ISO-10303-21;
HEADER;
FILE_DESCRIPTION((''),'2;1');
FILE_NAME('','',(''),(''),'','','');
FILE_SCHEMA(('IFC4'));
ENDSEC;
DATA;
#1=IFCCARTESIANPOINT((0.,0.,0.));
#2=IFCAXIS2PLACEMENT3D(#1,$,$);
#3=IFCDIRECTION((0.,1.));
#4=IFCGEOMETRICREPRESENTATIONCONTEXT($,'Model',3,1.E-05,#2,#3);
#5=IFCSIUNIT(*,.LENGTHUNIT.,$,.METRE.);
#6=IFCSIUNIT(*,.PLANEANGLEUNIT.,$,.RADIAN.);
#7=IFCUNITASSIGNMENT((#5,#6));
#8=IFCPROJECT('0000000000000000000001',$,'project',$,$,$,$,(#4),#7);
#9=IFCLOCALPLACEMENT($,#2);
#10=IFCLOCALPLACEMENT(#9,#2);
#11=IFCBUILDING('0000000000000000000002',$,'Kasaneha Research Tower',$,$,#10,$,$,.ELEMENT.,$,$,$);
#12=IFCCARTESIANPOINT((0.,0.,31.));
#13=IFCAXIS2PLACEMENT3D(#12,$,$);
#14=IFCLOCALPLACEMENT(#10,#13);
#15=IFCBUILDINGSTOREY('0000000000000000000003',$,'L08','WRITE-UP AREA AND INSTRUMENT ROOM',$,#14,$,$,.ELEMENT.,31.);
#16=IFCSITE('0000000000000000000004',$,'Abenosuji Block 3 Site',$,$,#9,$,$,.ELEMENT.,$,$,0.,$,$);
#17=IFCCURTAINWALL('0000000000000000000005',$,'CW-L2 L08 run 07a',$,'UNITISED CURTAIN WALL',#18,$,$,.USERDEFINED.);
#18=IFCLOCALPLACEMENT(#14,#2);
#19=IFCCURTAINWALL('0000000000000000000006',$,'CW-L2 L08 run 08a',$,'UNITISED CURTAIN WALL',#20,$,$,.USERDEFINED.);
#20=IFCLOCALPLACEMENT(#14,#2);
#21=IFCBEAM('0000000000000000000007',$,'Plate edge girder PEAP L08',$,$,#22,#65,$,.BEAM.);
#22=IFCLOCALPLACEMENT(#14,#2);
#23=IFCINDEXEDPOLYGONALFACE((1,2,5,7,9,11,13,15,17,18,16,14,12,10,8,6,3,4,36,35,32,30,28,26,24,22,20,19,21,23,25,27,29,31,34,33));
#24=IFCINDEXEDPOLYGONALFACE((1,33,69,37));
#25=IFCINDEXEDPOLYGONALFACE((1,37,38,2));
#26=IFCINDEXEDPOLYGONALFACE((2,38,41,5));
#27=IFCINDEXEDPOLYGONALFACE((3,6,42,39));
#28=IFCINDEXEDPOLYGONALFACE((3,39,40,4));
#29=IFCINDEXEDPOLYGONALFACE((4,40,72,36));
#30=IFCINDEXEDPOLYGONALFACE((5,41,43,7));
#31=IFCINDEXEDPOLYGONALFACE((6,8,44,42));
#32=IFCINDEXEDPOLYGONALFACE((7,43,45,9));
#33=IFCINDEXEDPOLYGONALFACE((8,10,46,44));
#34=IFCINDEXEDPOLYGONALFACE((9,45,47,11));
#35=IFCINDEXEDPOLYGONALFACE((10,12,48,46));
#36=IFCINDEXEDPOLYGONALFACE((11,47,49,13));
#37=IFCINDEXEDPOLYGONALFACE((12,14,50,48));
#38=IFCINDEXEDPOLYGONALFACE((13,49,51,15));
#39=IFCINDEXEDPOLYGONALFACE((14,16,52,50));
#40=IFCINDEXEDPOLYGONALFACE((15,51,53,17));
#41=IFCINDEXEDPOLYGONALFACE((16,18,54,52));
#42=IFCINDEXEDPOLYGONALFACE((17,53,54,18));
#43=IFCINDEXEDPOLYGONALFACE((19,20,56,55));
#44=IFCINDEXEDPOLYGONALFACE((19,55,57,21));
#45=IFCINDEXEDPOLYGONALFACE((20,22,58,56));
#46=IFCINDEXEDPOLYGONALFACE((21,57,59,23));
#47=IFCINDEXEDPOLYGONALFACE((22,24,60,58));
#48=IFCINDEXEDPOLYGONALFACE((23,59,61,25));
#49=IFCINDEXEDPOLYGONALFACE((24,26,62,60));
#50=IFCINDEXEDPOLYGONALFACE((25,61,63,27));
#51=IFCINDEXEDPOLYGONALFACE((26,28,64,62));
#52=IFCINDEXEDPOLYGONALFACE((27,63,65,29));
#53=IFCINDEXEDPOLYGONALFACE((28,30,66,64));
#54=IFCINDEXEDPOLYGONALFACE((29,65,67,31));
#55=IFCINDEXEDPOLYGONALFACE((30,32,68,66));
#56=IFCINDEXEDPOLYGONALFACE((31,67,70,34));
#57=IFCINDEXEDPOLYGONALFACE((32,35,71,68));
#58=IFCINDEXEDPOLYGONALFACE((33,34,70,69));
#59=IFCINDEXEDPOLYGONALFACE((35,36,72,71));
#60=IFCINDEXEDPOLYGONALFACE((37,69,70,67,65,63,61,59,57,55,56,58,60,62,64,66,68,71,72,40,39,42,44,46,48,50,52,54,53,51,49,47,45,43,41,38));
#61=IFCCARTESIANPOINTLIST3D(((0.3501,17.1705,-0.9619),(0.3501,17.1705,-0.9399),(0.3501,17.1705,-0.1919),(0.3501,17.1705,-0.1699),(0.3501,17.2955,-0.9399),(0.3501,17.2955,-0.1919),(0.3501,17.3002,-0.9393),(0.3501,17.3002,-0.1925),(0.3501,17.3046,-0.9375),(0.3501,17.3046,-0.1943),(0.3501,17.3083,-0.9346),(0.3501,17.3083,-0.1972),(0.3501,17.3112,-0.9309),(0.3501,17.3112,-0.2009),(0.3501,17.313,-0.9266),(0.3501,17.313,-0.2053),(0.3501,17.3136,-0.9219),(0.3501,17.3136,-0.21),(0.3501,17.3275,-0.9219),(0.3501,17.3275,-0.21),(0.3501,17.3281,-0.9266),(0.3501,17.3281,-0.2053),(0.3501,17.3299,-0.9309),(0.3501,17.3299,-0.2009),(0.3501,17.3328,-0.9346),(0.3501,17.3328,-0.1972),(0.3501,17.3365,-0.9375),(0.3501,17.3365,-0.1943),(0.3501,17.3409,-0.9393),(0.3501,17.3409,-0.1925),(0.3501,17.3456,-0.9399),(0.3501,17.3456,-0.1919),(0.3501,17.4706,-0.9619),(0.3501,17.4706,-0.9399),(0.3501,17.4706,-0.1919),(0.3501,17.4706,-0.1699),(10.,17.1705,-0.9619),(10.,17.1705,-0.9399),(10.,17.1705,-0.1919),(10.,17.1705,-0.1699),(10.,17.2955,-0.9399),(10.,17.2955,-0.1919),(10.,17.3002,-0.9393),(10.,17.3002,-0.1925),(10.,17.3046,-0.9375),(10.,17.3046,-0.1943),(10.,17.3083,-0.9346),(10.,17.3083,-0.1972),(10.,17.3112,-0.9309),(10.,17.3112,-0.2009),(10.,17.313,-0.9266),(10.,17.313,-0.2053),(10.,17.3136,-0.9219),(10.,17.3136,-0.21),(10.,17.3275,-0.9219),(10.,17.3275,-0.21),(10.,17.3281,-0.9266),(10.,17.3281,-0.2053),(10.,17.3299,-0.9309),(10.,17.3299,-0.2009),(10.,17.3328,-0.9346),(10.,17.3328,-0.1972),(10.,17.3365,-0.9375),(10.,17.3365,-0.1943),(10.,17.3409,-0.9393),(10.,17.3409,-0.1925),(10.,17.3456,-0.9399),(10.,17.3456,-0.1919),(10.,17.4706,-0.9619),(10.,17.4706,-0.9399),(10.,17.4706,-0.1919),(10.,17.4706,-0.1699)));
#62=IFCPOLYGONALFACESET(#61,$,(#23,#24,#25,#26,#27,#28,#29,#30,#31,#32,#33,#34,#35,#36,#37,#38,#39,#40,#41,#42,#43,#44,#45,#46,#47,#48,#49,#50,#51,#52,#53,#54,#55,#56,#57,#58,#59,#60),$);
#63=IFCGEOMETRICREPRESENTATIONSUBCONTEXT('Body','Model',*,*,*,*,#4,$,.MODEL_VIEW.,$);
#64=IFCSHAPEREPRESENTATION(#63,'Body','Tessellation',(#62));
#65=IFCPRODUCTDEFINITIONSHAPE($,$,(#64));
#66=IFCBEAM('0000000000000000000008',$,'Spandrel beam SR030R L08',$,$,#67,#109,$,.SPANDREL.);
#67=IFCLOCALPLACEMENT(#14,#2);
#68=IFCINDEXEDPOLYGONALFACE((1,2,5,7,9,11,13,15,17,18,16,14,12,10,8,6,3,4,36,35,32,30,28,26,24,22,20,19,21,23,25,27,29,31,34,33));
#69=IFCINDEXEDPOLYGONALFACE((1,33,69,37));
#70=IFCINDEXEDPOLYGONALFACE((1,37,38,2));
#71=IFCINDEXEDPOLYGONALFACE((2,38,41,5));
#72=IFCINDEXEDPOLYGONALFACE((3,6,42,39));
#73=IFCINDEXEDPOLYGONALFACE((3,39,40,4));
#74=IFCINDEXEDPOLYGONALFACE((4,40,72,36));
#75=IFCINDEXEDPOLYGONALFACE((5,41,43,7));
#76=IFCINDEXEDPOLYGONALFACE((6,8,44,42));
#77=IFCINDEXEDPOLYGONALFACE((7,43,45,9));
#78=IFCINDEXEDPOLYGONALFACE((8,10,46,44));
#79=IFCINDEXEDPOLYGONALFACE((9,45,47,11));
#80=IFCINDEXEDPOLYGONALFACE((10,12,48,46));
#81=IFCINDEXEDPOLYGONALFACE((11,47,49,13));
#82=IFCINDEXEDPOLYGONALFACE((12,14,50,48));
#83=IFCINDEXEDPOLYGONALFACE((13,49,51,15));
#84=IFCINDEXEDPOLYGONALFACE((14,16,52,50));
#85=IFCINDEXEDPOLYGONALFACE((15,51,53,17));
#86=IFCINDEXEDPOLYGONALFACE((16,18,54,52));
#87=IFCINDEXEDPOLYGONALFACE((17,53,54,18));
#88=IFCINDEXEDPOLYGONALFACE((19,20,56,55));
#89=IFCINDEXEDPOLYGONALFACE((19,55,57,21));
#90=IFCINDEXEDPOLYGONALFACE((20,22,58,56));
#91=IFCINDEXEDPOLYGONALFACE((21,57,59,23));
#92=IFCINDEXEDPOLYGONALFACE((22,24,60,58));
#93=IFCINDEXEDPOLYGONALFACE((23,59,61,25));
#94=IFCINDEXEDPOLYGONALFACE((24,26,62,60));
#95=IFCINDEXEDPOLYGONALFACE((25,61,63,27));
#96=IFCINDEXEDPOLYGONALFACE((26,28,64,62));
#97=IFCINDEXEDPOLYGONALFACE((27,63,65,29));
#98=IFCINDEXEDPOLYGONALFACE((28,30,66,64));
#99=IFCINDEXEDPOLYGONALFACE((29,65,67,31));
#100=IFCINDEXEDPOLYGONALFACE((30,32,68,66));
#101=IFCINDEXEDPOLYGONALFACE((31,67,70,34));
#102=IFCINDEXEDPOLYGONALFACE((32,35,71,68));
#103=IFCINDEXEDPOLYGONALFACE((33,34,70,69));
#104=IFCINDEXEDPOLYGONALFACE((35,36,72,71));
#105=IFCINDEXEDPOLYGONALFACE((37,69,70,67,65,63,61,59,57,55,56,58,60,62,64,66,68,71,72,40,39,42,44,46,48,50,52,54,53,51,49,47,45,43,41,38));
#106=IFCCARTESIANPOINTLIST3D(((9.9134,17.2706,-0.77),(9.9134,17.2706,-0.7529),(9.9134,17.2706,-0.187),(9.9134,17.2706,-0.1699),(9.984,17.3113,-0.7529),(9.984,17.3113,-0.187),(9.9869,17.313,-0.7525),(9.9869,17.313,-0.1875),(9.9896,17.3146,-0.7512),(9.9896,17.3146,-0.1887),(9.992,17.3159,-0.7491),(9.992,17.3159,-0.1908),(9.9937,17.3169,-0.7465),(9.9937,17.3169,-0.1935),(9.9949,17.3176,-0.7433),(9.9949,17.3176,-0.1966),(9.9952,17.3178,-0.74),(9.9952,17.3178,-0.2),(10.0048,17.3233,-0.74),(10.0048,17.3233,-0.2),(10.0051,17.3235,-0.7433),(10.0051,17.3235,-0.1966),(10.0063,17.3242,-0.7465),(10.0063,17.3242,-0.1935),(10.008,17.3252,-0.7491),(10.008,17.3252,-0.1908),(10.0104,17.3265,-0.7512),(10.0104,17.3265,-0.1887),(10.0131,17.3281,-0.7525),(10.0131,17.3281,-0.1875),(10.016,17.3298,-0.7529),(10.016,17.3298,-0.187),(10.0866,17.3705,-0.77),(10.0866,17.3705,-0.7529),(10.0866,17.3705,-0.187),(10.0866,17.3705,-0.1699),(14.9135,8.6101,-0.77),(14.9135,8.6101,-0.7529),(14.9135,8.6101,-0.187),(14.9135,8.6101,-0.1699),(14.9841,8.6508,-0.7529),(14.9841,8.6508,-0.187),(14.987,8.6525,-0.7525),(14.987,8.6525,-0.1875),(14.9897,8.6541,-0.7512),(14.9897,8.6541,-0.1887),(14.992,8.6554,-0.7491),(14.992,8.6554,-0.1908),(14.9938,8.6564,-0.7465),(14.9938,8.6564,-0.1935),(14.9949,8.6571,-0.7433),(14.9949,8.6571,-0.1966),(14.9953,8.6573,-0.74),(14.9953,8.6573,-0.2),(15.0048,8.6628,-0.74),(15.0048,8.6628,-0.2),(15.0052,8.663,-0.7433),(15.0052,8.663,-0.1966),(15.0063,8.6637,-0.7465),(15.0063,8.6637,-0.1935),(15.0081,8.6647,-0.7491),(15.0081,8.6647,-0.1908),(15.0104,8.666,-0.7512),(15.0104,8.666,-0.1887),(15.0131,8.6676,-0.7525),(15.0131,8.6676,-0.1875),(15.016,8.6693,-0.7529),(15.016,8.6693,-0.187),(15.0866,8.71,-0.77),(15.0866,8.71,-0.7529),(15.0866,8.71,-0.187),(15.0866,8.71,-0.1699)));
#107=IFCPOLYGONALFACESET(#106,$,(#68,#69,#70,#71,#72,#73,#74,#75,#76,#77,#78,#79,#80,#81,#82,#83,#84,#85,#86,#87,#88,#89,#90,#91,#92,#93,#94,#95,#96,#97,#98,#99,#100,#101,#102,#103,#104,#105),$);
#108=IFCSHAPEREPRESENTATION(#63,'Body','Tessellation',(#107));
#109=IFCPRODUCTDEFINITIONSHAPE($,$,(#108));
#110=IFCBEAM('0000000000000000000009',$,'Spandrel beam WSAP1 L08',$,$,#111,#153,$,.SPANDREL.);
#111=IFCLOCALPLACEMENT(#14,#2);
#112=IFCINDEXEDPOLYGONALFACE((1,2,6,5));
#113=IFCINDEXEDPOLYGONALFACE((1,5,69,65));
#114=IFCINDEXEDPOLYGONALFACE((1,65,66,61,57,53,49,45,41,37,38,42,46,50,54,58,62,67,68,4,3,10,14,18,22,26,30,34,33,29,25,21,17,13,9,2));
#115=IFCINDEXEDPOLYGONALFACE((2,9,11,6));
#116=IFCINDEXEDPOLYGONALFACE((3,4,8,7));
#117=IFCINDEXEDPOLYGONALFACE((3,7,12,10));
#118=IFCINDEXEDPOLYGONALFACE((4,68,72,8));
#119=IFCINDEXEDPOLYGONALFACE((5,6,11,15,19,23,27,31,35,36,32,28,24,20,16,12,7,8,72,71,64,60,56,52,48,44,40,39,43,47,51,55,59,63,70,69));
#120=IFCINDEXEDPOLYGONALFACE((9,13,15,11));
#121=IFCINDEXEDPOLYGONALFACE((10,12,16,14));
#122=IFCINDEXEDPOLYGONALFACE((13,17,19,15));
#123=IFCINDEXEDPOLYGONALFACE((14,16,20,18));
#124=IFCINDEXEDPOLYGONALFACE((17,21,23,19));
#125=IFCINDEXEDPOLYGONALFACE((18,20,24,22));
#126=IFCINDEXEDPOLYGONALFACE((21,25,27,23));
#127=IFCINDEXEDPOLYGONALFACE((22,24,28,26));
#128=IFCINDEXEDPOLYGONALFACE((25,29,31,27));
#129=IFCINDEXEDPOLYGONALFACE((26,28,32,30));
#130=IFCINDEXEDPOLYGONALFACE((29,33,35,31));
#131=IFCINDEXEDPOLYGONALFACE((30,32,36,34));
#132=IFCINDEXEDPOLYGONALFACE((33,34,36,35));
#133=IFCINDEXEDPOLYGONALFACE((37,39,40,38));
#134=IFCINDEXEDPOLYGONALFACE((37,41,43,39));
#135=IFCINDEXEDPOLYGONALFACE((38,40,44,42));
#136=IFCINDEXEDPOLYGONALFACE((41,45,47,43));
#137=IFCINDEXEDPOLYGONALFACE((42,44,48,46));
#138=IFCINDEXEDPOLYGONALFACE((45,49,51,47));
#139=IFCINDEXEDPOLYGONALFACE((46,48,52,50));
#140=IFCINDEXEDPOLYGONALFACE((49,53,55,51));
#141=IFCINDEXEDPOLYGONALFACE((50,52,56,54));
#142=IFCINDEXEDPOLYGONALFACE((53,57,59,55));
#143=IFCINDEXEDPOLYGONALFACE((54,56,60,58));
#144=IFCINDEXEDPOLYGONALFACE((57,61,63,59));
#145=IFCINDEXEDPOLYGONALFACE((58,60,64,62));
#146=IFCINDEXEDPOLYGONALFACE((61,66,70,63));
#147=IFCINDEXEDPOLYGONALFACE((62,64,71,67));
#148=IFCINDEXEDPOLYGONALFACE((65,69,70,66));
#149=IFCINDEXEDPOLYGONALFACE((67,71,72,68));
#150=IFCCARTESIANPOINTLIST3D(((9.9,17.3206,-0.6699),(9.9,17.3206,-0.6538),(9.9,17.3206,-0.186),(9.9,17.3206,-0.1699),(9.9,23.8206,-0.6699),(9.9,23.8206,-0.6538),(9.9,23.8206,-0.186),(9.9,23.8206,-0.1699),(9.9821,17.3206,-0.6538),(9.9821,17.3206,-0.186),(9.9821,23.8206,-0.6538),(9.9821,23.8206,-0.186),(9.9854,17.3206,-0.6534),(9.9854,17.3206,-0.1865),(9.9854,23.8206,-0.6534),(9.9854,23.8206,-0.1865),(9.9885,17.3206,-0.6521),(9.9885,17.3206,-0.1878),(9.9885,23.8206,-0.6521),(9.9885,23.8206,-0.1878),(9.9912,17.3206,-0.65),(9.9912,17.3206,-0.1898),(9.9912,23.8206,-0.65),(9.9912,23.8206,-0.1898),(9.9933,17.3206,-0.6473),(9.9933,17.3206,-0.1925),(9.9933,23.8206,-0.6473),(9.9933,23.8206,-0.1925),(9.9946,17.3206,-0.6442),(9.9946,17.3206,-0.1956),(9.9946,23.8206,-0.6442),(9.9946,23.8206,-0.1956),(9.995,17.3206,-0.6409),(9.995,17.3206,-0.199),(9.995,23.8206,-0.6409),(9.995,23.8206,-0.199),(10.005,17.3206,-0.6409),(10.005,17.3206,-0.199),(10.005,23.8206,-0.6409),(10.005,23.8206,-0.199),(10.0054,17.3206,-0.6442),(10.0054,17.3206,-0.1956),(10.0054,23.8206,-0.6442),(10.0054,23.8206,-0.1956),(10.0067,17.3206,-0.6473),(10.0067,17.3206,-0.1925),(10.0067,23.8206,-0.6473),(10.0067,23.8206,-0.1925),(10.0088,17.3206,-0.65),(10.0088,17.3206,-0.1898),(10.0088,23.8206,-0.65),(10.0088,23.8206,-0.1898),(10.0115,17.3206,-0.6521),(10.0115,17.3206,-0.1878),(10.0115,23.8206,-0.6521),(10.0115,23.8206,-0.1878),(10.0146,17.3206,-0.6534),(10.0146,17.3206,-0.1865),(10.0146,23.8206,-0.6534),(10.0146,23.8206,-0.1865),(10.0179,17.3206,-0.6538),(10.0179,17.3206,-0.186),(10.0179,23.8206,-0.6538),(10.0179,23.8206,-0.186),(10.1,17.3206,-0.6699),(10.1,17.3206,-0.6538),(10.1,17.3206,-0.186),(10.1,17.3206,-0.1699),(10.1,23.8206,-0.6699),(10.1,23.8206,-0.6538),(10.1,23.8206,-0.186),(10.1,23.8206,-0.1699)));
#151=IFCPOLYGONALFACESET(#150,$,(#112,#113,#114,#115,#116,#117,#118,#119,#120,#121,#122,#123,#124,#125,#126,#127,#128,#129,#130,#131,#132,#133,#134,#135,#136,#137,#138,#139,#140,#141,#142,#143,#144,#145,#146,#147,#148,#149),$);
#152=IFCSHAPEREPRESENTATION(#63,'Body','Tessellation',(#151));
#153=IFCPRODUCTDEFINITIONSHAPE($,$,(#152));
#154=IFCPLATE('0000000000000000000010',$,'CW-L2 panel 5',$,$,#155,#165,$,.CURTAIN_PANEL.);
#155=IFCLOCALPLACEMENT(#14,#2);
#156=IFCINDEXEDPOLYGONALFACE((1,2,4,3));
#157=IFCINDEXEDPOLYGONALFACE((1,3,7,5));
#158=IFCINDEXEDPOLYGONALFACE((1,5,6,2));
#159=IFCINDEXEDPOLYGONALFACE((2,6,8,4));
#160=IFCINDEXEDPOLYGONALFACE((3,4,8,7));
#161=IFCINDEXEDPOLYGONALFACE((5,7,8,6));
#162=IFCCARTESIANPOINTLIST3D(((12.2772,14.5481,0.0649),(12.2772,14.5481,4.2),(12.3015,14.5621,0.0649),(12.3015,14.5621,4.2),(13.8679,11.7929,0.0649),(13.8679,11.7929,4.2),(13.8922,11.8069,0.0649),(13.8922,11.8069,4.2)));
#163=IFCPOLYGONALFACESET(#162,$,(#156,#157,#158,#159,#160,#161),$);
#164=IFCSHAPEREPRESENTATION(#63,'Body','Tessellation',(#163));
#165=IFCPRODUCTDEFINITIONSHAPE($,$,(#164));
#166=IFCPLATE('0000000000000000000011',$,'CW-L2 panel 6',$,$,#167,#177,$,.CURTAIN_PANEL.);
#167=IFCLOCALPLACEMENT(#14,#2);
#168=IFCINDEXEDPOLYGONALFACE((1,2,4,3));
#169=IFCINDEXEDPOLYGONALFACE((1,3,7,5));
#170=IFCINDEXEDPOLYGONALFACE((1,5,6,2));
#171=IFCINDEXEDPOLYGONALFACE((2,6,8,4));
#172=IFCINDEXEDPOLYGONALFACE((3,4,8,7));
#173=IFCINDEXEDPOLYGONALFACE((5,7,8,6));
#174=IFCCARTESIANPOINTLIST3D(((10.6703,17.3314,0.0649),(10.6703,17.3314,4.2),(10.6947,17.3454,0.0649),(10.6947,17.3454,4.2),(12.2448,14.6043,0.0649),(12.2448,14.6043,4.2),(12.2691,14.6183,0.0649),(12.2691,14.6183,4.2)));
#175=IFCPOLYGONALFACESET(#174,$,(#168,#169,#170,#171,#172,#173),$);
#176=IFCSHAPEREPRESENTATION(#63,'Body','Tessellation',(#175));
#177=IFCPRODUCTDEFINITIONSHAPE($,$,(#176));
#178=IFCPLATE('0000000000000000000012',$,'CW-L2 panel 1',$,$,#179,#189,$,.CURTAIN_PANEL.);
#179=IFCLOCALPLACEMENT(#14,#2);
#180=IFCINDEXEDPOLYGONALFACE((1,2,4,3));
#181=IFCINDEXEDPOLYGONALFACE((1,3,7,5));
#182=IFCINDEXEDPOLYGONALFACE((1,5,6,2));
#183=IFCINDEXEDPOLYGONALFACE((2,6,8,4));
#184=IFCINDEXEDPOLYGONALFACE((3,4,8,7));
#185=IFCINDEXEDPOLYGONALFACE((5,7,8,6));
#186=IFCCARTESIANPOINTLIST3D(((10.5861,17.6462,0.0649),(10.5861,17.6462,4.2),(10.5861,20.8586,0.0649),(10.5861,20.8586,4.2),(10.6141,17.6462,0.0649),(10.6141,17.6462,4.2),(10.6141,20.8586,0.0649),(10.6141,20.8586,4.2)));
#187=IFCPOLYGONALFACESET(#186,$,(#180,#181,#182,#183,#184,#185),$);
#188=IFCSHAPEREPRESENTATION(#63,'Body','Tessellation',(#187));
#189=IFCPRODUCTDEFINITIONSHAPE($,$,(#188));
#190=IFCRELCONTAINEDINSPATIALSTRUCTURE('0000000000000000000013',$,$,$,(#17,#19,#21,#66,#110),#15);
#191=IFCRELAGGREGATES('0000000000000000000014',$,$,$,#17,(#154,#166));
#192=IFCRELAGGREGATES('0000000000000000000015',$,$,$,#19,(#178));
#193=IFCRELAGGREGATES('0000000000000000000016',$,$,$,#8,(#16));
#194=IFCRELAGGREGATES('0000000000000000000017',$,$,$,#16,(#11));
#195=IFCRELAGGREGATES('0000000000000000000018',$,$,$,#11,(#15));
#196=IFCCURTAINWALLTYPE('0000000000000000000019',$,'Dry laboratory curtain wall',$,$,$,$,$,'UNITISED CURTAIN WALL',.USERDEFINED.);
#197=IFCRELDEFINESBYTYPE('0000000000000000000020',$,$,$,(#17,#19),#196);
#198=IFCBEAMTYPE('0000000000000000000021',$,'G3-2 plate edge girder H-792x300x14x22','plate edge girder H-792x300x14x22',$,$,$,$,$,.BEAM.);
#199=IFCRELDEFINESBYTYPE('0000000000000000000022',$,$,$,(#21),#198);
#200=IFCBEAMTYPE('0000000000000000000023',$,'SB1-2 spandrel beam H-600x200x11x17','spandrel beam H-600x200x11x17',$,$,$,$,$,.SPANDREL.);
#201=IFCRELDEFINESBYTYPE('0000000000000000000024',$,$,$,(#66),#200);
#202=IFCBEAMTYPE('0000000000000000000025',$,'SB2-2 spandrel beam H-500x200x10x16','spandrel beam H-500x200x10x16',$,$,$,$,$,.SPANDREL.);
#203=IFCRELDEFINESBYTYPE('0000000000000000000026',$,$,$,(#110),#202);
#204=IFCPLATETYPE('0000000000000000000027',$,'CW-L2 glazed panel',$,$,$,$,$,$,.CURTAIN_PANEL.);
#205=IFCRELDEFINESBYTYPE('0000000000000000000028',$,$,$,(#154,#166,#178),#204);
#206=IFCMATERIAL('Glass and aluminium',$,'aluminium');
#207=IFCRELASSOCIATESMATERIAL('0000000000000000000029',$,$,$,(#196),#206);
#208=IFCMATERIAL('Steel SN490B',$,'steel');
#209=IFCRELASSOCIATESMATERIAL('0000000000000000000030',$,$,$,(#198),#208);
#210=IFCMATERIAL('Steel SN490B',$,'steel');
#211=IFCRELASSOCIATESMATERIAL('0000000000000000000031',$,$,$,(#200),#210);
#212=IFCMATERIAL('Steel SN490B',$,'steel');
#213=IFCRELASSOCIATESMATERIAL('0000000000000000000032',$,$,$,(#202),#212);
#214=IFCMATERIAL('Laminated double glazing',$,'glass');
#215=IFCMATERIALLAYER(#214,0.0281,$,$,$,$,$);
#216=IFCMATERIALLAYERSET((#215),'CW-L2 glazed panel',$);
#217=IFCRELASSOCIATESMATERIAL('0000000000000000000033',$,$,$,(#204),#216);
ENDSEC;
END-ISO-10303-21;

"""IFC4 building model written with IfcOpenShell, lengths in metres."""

from ifc_helpers import new_model, si_unit, direction, frame, origin, origin_2d, place, context, subcontext, project, spatial, rectangle, i_section, extrude, material, layer, layer_set, material_profile, profile_set, type_object, element, aggregate, save


model = new_model("IFC4")

# Units and contexts
model_context = context("Model", 3, precision=1e-05, world=origin(), true_north=direction((0.0, 1.0)))
body_context = subcontext(model_context, "Body", "Model", "MODEL_VIEW")
ifc_project = project(units=[si_unit("LENGTHUNIT", "METRE"), si_unit("PLANEANGLEUNIT", "RADIAN")], contexts=[model_context])

# Site, building, storey
site_placement = place(None, origin())
site = spatial("IfcSite", under=ifc_project, at=site_placement, Name="Abenosuji Block 3 Site", CompositionType="ELEMENT", RefElevation=0.0)
building_placement = place(site_placement, origin())
building = spatial("IfcBuilding", under=site, at=building_placement, Name="Kasaneha Research Tower", CompositionType="ELEMENT")
storey_placement = place(building_placement, frame((0.0, 0.0, 31.0)))
storey = spatial("IfcBuildingStorey", under=building, at=storey_placement, Name="L08", Description="WRITE-UP AREA AND INSTRUMENT ROOM", CompositionType="ELEMENT", Elevation=31.0)

# Curtain walls
ifc_material_1 = material(Name="Glass and aluminium", Category="aluminium")
curtain_wall_type = type_object("IfcCurtainWallType", Name="Dry laboratory curtain wall", ElementType="UNITISED CURTAIN WALL", PredefinedType="USERDEFINED", material=ifc_material_1)
curtain_wall_1_placement = place(storey_placement, origin())
curtain_wall_1 = element("IfcCurtainWall", 1, at=curtain_wall_1_placement, inside=storey, type_object=curtain_wall_type, Name="CW-L2 L08 run 07a", ObjectType="UNITISED CURTAIN WALL", PredefinedType="USERDEFINED")
curtain_wall_2_placement = place(storey_placement, origin())
curtain_wall_2 = element("IfcCurtainWall", 2, at=curtain_wall_2_placement, inside=storey, type_object=curtain_wall_type, Name="CW-L2 L08 run 08a", ObjectType="UNITISED CURTAIN WALL", PredefinedType="USERDEFINED")

# Beams
ifc_material_2 = material(Name="Steel SN490B", Category="steel")
ifc_material_profile_1 = material_profile(ifc_material_2, i_section(OverallWidth=0.3, OverallDepth=0.792, WebThickness=0.0139, FlangeThickness=0.022, FilletRadius=0.0181, at=origin_2d()), Name="H-792x300x14x22")
ifc_profile_set_1 = profile_set([ifc_material_profile_1], Name="Steel SN490B")
beam_type_1 = type_object("IfcBeamType", Name="G3-2 plate edge girder H-792x300x14x22", Description="plate edge girder H-792x300x14x22", PredefinedType="BEAM", material=ifc_profile_set_1)
beam_1_placement = place(storey_placement, frame((10.0, 17.3206, -0.5659), z_axis=(-1.0, 0.0, 0.0), x_axis=(0.0, -1.0, 0.0)))
element("IfcBeam", 3, at=beam_1_placement, inside=storey, type_object=beam_type_1, Name="Plate edge girder PEAP L08", PredefinedType="BEAM", context=body_context, shape_type="SweptSolid", body=[
    extrude(i_section(OverallWidth=0.3, OverallDepth=0.792, WebThickness=0.0139, FlangeThickness=0.022, FilletRadius=0.0181, at=origin_2d()), origin(), (0.0, 0.0, 1.0), 9.6499),
])
ifc_material_3 = material(Name="Steel SN490B", Category="steel")
ifc_material_profile_2 = material_profile(ifc_material_3, i_section(OverallWidth=0.2, OverallDepth=0.6001, WebThickness=0.011, FlangeThickness=0.0171, FilletRadius=0.0129, at=origin_2d()), Name="H-600x200x11x17")
ifc_profile_set_2 = profile_set([ifc_material_profile_2], Name="Steel SN490B")
beam_type_2 = type_object("IfcBeamType", Name="SB1-2 spandrel beam H-600x200x11x17", Description="spandrel beam H-600x200x11x17", PredefinedType="SPANDREL", material=ifc_profile_set_2)
beam_2_placement = place(storey_placement, frame((10.0, 17.3206, -0.47), z_axis=(0.499994, -0.866029, 0.0), x_axis=(0.866029, 0.499994, 0.0)))
element("IfcBeam", 4, at=beam_2_placement, inside=storey, type_object=beam_type_2, Name="Spandrel beam SR030R L08", PredefinedType="SPANDREL", context=body_context, shape_type="SweptSolid", body=[
    extrude(i_section(OverallWidth=0.2, OverallDepth=0.6001, WebThickness=0.011, FlangeThickness=0.0171, FilletRadius=0.0129, at=origin_2d()), origin(), (0.0, 0.0, 1.0), 10.0002),
])
ifc_material_4 = material(Name="Steel SN490B", Category="steel")
ifc_material_profile_3 = material_profile(ifc_material_4, i_section(OverallWidth=0.2, OverallDepth=0.5, WebThickness=0.01, FlangeThickness=0.0161, FilletRadius=0.0129, at=origin_2d()), Name="H-500x200x10x16")
ifc_profile_set_3 = profile_set([ifc_material_profile_3], Name="Steel SN490B")
beam_type_3 = type_object("IfcBeamType", Name="SB2-2 spandrel beam H-500x200x10x16", Description="spandrel beam H-500x200x10x16", PredefinedType="SPANDREL", material=ifc_profile_set_3)
beam_3_placement = place(storey_placement, frame((10.0, 17.3206, -0.4199), z_axis=(0.0, 1.0, 0.0), x_axis=(-1.0, 0.0, 0.0)))
element("IfcBeam", 5, at=beam_3_placement, inside=storey, type_object=beam_type_3, Name="Spandrel beam WSAP1 L08", PredefinedType="SPANDREL", context=body_context, shape_type="SweptSolid", body=[
    extrude(i_section(OverallWidth=0.2, OverallDepth=0.5, WebThickness=0.01, FlangeThickness=0.0161, FilletRadius=0.0129, at=origin_2d()), origin(), (0.0, 0.0, 1.0), 6.5),
])

# Plates
ifc_material_5 = material(Name="Laminated double glazing", Category="glass")
ifc_layer_1 = layer(ifc_material_5, 0.0281)
ifc_layer_set_1 = layer_set([ifc_layer_1], Name="CW-L2 glazed panel")
plate_type = type_object("IfcPlateType", Name="CW-L2 glazed panel", PredefinedType="CURTAIN_PANEL", material=ifc_layer_set_1)
plate_1_placement = place(storey_placement, frame((13.0847, 13.1775, 0.0649), z_axis=(0.0, 0.0, 1.0), x_axis=(-0.5, 0.866025, 0.0)))
plate_1 = element("IfcPlate", 6, at=plate_1_placement, type_object=plate_type, Name="CW-L2 panel 5", PredefinedType="CURTAIN_PANEL", context=body_context, shape_type="SweptSolid", body=[
    extrude(rectangle(XDim=3.1814, YDim=0.0281, at=origin_2d()), origin(), (0.0, 0.0, 1.0), 4.135),
])
plate_2_placement = place(storey_placement, frame((11.4697, 15.9749, 0.0649), z_axis=(0.0, 0.0, 1.0), x_axis=(-0.5, 0.866025, 0.0)))
plate_2 = element("IfcPlate", 7, at=plate_2_placement, type_object=plate_type, Name="CW-L2 panel 6", PredefinedType="CURTAIN_PANEL", context=body_context, shape_type="SweptSolid", body=[
    extrude(rectangle(XDim=3.1489, YDim=0.0281, at=origin_2d()), origin(), (0.0, 0.0, 1.0), 4.135),
])
aggregate(curtain_wall_1, [plate_1, plate_2])
plate_3_placement = place(storey_placement, frame((10.6001, 19.2524, 0.0649), z_axis=(0.0, 0.0, 1.0), x_axis=(0.0, 1.0, 0.0)))
plate_3 = element("IfcPlate", 8, at=plate_3_placement, type_object=plate_type, Name="CW-L2 panel 1", PredefinedType="CURTAIN_PANEL", context=body_context, shape_type="SweptSolid", body=[
    extrude(rectangle(XDim=3.2124, YDim=0.0281, at=origin_2d()), origin(), (0.0, 0.0, 1.0), 4.135),
])
aggregate(curtain_wall_2, [plate_3])

save(model, "model.ifc")
